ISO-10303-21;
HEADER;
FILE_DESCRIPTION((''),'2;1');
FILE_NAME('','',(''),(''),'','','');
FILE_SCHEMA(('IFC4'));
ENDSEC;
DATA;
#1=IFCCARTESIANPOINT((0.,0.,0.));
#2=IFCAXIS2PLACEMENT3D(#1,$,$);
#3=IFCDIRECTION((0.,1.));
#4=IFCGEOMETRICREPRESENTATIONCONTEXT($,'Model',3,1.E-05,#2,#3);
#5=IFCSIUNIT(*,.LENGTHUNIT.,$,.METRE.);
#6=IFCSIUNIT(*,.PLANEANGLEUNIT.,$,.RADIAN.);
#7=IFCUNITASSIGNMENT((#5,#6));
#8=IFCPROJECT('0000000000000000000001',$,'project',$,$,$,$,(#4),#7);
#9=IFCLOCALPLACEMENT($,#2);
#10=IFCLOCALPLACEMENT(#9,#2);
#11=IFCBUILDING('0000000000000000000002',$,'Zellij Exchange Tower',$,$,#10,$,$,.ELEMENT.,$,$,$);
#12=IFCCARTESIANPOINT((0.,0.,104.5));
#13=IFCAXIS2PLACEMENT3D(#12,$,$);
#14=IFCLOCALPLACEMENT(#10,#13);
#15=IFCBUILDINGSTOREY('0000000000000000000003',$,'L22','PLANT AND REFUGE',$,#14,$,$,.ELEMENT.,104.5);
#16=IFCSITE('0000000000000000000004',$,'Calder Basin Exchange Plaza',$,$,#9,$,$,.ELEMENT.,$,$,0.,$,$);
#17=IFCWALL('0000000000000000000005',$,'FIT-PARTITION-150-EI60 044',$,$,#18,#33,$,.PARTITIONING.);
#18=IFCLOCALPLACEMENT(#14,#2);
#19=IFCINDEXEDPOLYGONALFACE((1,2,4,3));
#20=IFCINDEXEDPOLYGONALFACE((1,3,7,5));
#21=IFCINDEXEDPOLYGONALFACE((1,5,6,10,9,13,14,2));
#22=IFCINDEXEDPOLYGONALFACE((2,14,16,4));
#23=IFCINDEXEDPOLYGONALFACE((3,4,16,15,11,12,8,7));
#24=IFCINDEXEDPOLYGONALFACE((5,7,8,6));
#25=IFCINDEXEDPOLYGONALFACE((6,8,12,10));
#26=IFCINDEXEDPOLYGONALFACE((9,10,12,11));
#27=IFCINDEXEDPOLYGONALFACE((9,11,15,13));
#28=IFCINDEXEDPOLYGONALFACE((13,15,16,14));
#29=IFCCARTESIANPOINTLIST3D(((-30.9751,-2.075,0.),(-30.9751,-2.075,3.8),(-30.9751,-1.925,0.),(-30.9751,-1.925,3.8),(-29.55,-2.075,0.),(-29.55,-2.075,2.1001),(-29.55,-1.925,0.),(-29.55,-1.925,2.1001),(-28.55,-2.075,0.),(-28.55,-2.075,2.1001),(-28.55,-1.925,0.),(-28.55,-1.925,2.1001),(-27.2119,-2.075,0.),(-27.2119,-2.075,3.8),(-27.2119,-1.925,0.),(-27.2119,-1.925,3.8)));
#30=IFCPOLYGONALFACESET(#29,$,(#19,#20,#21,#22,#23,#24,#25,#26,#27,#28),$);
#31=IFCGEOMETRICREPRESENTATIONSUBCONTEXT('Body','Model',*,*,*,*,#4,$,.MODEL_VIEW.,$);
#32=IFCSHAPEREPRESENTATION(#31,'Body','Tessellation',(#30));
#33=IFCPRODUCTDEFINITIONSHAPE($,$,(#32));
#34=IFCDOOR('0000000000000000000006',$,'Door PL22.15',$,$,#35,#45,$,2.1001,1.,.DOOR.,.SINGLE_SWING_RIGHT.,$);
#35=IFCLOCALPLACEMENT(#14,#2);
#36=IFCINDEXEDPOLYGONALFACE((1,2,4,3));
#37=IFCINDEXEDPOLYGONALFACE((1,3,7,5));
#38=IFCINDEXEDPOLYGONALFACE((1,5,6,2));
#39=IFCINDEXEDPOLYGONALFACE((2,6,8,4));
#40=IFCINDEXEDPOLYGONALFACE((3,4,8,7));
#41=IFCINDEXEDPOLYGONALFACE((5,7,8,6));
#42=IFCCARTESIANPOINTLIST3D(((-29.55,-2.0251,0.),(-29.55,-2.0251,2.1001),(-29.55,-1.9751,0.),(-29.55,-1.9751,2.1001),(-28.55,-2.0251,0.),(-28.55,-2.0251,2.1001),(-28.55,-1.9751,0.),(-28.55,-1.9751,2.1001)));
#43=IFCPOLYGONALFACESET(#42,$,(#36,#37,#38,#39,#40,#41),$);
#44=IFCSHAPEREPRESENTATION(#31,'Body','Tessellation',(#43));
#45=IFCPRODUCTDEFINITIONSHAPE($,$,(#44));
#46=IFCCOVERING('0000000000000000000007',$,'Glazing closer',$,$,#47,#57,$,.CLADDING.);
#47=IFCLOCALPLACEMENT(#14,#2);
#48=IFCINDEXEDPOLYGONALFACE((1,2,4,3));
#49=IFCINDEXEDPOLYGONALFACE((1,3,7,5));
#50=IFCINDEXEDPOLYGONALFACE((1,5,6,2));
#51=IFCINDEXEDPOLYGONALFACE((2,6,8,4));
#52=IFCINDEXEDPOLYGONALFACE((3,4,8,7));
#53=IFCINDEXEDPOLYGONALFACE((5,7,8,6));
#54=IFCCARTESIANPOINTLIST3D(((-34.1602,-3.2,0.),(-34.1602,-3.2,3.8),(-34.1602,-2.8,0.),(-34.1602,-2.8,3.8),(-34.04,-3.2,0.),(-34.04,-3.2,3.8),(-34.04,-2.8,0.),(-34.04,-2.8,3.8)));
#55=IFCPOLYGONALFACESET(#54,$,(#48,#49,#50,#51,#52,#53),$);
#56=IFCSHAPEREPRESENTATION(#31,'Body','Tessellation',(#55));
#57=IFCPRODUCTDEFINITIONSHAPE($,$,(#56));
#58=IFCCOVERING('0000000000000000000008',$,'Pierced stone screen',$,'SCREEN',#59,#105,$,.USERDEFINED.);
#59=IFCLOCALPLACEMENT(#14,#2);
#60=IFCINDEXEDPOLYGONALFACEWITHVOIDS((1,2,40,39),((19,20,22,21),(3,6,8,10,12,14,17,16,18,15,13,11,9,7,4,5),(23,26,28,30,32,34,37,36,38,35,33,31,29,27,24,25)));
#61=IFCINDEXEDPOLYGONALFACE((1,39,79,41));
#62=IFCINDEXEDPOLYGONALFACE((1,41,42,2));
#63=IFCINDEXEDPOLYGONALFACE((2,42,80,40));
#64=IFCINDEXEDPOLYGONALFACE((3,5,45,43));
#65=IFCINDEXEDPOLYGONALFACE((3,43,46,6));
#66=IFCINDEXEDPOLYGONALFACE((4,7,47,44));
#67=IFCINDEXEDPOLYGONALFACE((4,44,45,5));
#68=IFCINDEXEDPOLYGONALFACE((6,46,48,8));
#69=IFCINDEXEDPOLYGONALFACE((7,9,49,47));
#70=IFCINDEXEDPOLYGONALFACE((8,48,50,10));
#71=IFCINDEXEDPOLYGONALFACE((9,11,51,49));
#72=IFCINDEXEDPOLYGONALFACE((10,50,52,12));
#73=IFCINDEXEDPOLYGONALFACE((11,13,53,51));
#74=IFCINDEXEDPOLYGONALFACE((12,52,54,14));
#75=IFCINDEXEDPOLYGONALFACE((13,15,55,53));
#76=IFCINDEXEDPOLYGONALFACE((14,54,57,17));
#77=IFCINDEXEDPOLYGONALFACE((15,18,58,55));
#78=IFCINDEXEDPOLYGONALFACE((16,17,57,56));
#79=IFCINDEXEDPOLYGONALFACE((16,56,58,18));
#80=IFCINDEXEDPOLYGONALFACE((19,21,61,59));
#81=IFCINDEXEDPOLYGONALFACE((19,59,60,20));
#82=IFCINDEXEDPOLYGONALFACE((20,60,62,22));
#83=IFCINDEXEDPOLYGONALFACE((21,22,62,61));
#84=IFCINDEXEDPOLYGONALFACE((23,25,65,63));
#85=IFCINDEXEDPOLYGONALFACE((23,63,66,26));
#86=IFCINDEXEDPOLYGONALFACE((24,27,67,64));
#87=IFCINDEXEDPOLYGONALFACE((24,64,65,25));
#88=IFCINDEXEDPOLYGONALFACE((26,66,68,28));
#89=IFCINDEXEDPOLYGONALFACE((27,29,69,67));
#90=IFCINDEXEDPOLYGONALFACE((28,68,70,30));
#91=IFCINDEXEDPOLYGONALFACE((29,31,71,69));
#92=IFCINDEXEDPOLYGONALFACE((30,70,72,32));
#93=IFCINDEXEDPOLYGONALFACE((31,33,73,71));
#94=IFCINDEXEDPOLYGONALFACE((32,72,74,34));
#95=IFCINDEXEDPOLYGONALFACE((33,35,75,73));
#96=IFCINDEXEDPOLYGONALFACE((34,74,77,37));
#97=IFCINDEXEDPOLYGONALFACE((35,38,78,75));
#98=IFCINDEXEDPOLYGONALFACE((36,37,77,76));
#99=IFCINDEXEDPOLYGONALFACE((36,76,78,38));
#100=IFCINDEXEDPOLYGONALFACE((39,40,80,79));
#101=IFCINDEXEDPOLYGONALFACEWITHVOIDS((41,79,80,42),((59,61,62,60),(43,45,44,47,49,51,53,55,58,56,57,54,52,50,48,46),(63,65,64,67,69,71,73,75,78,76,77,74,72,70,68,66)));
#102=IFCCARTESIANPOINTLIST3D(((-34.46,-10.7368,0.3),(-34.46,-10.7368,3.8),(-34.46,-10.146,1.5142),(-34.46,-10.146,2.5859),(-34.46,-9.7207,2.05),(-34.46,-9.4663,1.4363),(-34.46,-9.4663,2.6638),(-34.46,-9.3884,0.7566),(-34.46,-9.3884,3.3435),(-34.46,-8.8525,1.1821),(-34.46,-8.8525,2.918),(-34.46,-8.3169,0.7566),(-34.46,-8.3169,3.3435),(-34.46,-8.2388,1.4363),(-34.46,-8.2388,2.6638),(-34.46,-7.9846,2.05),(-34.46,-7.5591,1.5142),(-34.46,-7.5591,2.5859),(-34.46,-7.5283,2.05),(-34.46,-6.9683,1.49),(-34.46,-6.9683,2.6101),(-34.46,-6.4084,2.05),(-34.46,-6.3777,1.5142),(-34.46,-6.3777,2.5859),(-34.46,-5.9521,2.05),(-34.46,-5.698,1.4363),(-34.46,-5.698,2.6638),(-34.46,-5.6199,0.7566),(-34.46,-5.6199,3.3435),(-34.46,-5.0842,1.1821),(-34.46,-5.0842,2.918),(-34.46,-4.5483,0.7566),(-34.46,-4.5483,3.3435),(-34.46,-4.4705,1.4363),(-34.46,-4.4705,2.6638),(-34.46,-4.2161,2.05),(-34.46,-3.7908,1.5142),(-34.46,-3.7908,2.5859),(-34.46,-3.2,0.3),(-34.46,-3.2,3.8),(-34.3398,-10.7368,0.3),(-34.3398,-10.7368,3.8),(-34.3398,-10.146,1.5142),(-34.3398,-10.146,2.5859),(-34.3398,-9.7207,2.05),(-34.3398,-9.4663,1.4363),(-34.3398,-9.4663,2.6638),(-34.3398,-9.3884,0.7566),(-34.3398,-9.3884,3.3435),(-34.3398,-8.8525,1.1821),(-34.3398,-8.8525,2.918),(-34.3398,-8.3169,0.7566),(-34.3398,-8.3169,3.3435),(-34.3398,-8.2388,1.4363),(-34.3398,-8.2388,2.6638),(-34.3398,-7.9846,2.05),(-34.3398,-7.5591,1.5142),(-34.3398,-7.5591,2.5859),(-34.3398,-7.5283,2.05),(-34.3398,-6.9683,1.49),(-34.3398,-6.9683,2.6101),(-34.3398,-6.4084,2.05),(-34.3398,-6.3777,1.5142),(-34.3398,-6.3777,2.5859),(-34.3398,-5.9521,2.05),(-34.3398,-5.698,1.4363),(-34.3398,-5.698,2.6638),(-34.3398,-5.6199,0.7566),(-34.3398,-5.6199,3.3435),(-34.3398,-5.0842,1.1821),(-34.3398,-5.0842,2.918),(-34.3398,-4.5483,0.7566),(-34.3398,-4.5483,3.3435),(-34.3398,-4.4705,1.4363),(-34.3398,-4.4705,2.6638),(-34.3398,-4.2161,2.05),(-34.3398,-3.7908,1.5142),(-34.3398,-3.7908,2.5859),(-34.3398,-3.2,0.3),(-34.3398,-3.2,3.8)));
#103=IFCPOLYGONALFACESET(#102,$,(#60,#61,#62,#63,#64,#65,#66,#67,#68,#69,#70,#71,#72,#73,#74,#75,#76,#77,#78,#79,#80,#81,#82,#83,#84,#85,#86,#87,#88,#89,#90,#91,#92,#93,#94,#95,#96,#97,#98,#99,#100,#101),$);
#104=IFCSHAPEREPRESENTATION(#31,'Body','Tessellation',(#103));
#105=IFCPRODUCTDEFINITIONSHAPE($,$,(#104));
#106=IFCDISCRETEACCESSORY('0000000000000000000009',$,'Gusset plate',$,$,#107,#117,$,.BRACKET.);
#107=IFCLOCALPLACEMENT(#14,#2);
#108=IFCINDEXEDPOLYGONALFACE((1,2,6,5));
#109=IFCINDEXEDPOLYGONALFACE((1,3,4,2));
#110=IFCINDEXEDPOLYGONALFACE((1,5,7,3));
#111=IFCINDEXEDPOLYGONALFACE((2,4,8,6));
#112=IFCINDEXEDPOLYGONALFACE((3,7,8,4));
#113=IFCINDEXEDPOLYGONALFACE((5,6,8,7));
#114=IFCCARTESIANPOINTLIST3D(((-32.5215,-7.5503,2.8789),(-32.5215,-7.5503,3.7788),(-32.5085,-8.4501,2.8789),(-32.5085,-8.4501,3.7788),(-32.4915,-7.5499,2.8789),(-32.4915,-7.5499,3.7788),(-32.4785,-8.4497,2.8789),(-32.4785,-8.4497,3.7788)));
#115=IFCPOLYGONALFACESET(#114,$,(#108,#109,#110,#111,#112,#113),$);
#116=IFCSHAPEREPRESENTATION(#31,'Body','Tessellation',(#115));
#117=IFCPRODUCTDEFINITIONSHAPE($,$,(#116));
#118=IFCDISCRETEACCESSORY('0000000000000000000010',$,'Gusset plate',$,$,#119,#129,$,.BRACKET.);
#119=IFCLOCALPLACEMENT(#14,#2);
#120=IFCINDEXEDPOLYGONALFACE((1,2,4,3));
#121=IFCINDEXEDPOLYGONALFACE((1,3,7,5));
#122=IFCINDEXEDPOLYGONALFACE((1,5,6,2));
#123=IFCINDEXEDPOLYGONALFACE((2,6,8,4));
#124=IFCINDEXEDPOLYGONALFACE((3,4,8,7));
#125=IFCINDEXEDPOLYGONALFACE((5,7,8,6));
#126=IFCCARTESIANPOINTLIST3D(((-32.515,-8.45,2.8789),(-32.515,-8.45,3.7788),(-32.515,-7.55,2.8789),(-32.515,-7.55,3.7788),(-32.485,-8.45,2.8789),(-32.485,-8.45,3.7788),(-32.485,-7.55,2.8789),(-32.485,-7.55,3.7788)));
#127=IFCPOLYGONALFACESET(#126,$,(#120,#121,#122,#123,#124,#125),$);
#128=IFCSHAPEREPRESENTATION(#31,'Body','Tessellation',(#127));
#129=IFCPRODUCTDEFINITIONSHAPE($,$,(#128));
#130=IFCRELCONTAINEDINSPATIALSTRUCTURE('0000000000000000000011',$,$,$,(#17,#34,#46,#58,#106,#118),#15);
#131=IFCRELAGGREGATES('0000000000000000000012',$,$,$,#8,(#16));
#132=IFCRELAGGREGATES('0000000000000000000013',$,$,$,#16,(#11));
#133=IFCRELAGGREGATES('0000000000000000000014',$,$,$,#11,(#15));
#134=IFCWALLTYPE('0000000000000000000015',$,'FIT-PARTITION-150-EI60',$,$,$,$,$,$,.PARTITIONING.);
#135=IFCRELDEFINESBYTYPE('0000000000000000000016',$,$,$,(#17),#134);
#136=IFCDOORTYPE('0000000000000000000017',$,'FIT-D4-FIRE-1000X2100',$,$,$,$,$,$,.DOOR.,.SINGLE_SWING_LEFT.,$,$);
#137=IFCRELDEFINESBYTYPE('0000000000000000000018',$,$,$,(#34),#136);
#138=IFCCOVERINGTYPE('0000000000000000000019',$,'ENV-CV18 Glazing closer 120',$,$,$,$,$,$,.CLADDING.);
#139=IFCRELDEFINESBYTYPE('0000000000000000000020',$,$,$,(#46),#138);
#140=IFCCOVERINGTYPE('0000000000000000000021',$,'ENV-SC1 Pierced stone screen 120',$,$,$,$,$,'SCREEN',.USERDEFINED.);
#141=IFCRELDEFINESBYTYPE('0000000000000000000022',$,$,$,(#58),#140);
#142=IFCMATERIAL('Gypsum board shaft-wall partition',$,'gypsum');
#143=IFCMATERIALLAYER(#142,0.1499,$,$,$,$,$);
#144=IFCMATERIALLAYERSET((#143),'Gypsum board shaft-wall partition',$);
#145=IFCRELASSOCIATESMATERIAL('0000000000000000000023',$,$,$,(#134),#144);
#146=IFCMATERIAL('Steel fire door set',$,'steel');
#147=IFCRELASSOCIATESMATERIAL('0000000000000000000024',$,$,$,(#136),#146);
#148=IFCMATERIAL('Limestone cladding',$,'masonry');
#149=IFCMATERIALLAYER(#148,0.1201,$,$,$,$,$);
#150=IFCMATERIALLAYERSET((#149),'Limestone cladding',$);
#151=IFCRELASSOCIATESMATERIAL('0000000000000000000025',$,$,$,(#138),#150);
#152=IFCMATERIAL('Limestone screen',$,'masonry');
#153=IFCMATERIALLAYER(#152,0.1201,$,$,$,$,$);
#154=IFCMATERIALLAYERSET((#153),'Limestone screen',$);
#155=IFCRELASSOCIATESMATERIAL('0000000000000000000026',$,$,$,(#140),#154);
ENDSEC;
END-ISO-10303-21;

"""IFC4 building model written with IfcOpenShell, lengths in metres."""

from ifc_helpers import new_model, si_unit, direction, frame, frame_2d, origin, origin_2d, place, context, subcontext, project, spatial, polyline, rectangle, outline, extrude, material, layer, layer_set, type_object, element, fill, save


model = new_model("IFC4")

# Units and contexts
model_context = context("Model", 3, precision=1e-05, world=origin(), true_north=direction((0.0, 1.0)))
body_context = subcontext(model_context, "Body", "Model", "MODEL_VIEW")
ifc_project = project(units=[si_unit("LENGTHUNIT", "METRE"), si_unit("PLANEANGLEUNIT", "RADIAN")], contexts=[model_context])

# Site, building, storey
site_placement = place(None, origin())
site = spatial("IfcSite", under=ifc_project, at=site_placement, Name="Calder Basin Exchange Plaza", CompositionType="ELEMENT", RefElevation=0.0)
building_placement = place(site_placement, origin())
building = spatial("IfcBuilding", under=site, at=building_placement, Name="Zellij Exchange Tower", CompositionType="ELEMENT")
storey_placement = place(building_placement, frame((0.0, 0.0, 104.5)))
storey = spatial("IfcBuildingStorey", under=building, at=storey_placement, Name="L22", Description="PLANT AND REFUGE", CompositionType="ELEMENT", Elevation=104.5)

# Wall, opening, door
ifc_material_1 = material(Name="Gypsum board shaft-wall partition", Category="gypsum")
ifc_layer_1 = layer(ifc_material_1, 0.1499)
ifc_layer_set_1 = layer_set([ifc_layer_1], Name="Gypsum board shaft-wall partition")
wall_type_1 = type_object("IfcWallType", Name="FIT-PARTITION-150-EI60", PredefinedType="PARTITIONING", material=ifc_layer_set_1)
wall_1_placement = place(storey_placement, frame((-30.9751, -2.0, 0.0), z_axis=(0.0, 0.0, 1.0), x_axis=(1.0, 0.0, 0.0)))
wall_1 = element("IfcWall", 1, at=wall_1_placement, inside=storey, type_object=wall_type_1, Name="FIT-PARTITION-150-EI60 044", PredefinedType="PARTITIONING", context=body_context, shape_type="SweptSolid", body=[
    extrude(rectangle(XDim=3.7632, YDim=0.1499, at=frame_2d((1.8816, 0.0))), origin(), (0.0, 0.0, 1.0), 3.8),
])
opening_1_placement = place(wall_1_placement, frame((1.425, 0.0, 0.0)))
opening_1 = element("IfcOpeningElement", 2, at=opening_1_placement, cuts=wall_1, PredefinedType="OPENING", context=body_context, shape_type="SweptSolid", body=[
    extrude(rectangle(XDim=1.0, YDim=2.1001, at=frame_2d((0.5, 1.05))), frame((0.0, 0.0869, 0.0), z_axis=(0.0, -1.0, 0.0), x_axis=(1.0, 0.0, 0.0)), (0.0, 0.0, 1.0), 0.1738),
])
ifc_material_2 = material(Name="Steel fire door set", Category="steel")
door_type_1 = type_object("IfcDoorType", Name="FIT-D4-FIRE-1000X2100", OperationType="SINGLE_SWING_LEFT", PredefinedType="DOOR", material=ifc_material_2)
door_1_placement = place(opening_1_placement, origin())
door_1 = element("IfcDoor", 3, at=door_1_placement, inside=storey, type_object=door_type_1, Name="Door PL22.15", OperationType="SINGLE_SWING_RIGHT", OverallHeight=2.1001, OverallWidth=1.0, PredefinedType="DOOR", context=body_context, shape_type="SweptSolid", body=[
    extrude(rectangle(XDim=1.0, YDim=2.1001, at=frame_2d((0.5, 1.05))), frame((0.0, 0.0249, 0.0), z_axis=(0.0, -1.0, 0.0), x_axis=(1.0, 0.0, 0.0)), (0.0, 0.0, 1.0), 0.05),
])
fill(opening_1, door_1)

# Coverings
ifc_material_3 = material(Name="Limestone cladding", Category="masonry")
ifc_layer_2 = layer(ifc_material_3, 0.1201)
ifc_layer_set_2 = layer_set([ifc_layer_2], Name="Limestone cladding")
covering_type_1 = type_object("IfcCoveringType", Name="ENV-CV18 Glazing closer 120", PredefinedType="CLADDING", material=ifc_layer_set_2)
covering_1_placement = place(storey_placement, frame((-34.1001, -3.0, 0.0), z_axis=(0.0, 0.0, 1.0), x_axis=(0.0, -1.0, 0.0)))
element("IfcCovering", 4, at=covering_1_placement, inside=storey, type_object=covering_type_1, Name="Glazing closer", PredefinedType="CLADDING", context=body_context, shape_type="SweptSolid", body=[
    extrude(rectangle(XDim=0.3999, YDim=0.1201, at=origin_2d()), origin(), (0.0, 0.0, 1.0), 3.8),
])
ifc_material_4 = material(Name="Limestone screen", Category="masonry")
ifc_layer_3 = layer(ifc_material_4, 0.1201)
ifc_layer_set_3 = layer_set([ifc_layer_3], Name="Limestone screen")
covering_type_2 = type_object("IfcCoveringType", Name="ENV-SC1 Pierced stone screen 120", ElementType="SCREEN", PredefinedType="USERDEFINED", material=ifc_layer_set_3)
covering_2_placement = place(storey_placement, frame((-34.3999, -3.2, 0.3), z_axis=(0.0, 0.0, 1.0), x_axis=(0.0, -1.0, 0.0)))
element("IfcCovering", 5, at=covering_2_placement, inside=storey, type_object=covering_type_2, Name="Pierced stone screen", ObjectType="SCREEN", PredefinedType="USERDEFINED", context=body_context, shape_type="SweptSolid", body=[
    extrude(outline(polyline([(0.0, 0.0), (7.5369, 0.0), (7.5369, 3.5), (0.0, 3.5), (0.0, 0.0)]), holes=[polyline([(3.1777, 2.2859), (2.498, 2.3638), (2.4199, 3.0435), (1.8843, 2.6179), (1.3484, 3.0435), (1.2705, 2.3638), (0.5908, 2.2859), (1.0161, 1.75), (0.5908, 1.2141), (1.2705, 1.1362), (1.3484, 0.4565), (1.8843, 0.8821), (2.4199, 0.4565), (2.498, 1.1362), (3.1777, 1.2141), (2.7522, 1.75), (3.1777, 2.2859)]), polyline([(6.946, 2.2859), (6.2664, 2.3638), (6.1885, 3.0435), (5.6526, 2.6179), (5.1169, 3.0435), (5.0388, 2.3638), (4.3591, 2.2859), (4.7847, 1.75), (4.3591, 1.2141), (5.0388, 1.1362), (5.1169, 0.4565), (5.6526, 0.8821), (6.1885, 0.4565), (6.2664, 1.1362), (6.946, 1.2141), (6.5208, 1.75), (6.946, 2.2859)]), polyline([(4.3284, 1.75), (3.7683, 2.3101), (3.2085, 1.75), (3.7683, 1.1899), (4.3284, 1.75)])]), frame((0.0, 0.0601, 0.0), z_axis=(0.0, -1.0, 0.0), x_axis=(1.0, 0.0, 0.0)), (0.0, 0.0, 1.0), 0.1201),
])

# Discrete accessories
for number, where, z_axis, x_axis, name in (
    (6, (-32.5, -8.0, 2.8789), (0.0, 0.0, 1.0), (-0.014381, 0.999897, 0.0), "Gusset plate"),
    (7, (-32.5, -8.0, 2.8789), (0.0, 0.0, 1.0), (0.0, 1.0, 0.0), "Gusset plate"),
):
    element("IfcDiscreteAccessory", number, at=place(storey_placement, frame(where, z_axis=z_axis, x_axis=x_axis)), inside=storey, Name=name, PredefinedType="BRACKET", context=body_context, shape_type="SweptSolid", body=[
        extrude(rectangle(XDim=0.8999, YDim=0.03, at=origin_2d()), origin(), (0.0, 0.0, 1.0), 0.8999),
    ])

save(model, "model.ifc")
